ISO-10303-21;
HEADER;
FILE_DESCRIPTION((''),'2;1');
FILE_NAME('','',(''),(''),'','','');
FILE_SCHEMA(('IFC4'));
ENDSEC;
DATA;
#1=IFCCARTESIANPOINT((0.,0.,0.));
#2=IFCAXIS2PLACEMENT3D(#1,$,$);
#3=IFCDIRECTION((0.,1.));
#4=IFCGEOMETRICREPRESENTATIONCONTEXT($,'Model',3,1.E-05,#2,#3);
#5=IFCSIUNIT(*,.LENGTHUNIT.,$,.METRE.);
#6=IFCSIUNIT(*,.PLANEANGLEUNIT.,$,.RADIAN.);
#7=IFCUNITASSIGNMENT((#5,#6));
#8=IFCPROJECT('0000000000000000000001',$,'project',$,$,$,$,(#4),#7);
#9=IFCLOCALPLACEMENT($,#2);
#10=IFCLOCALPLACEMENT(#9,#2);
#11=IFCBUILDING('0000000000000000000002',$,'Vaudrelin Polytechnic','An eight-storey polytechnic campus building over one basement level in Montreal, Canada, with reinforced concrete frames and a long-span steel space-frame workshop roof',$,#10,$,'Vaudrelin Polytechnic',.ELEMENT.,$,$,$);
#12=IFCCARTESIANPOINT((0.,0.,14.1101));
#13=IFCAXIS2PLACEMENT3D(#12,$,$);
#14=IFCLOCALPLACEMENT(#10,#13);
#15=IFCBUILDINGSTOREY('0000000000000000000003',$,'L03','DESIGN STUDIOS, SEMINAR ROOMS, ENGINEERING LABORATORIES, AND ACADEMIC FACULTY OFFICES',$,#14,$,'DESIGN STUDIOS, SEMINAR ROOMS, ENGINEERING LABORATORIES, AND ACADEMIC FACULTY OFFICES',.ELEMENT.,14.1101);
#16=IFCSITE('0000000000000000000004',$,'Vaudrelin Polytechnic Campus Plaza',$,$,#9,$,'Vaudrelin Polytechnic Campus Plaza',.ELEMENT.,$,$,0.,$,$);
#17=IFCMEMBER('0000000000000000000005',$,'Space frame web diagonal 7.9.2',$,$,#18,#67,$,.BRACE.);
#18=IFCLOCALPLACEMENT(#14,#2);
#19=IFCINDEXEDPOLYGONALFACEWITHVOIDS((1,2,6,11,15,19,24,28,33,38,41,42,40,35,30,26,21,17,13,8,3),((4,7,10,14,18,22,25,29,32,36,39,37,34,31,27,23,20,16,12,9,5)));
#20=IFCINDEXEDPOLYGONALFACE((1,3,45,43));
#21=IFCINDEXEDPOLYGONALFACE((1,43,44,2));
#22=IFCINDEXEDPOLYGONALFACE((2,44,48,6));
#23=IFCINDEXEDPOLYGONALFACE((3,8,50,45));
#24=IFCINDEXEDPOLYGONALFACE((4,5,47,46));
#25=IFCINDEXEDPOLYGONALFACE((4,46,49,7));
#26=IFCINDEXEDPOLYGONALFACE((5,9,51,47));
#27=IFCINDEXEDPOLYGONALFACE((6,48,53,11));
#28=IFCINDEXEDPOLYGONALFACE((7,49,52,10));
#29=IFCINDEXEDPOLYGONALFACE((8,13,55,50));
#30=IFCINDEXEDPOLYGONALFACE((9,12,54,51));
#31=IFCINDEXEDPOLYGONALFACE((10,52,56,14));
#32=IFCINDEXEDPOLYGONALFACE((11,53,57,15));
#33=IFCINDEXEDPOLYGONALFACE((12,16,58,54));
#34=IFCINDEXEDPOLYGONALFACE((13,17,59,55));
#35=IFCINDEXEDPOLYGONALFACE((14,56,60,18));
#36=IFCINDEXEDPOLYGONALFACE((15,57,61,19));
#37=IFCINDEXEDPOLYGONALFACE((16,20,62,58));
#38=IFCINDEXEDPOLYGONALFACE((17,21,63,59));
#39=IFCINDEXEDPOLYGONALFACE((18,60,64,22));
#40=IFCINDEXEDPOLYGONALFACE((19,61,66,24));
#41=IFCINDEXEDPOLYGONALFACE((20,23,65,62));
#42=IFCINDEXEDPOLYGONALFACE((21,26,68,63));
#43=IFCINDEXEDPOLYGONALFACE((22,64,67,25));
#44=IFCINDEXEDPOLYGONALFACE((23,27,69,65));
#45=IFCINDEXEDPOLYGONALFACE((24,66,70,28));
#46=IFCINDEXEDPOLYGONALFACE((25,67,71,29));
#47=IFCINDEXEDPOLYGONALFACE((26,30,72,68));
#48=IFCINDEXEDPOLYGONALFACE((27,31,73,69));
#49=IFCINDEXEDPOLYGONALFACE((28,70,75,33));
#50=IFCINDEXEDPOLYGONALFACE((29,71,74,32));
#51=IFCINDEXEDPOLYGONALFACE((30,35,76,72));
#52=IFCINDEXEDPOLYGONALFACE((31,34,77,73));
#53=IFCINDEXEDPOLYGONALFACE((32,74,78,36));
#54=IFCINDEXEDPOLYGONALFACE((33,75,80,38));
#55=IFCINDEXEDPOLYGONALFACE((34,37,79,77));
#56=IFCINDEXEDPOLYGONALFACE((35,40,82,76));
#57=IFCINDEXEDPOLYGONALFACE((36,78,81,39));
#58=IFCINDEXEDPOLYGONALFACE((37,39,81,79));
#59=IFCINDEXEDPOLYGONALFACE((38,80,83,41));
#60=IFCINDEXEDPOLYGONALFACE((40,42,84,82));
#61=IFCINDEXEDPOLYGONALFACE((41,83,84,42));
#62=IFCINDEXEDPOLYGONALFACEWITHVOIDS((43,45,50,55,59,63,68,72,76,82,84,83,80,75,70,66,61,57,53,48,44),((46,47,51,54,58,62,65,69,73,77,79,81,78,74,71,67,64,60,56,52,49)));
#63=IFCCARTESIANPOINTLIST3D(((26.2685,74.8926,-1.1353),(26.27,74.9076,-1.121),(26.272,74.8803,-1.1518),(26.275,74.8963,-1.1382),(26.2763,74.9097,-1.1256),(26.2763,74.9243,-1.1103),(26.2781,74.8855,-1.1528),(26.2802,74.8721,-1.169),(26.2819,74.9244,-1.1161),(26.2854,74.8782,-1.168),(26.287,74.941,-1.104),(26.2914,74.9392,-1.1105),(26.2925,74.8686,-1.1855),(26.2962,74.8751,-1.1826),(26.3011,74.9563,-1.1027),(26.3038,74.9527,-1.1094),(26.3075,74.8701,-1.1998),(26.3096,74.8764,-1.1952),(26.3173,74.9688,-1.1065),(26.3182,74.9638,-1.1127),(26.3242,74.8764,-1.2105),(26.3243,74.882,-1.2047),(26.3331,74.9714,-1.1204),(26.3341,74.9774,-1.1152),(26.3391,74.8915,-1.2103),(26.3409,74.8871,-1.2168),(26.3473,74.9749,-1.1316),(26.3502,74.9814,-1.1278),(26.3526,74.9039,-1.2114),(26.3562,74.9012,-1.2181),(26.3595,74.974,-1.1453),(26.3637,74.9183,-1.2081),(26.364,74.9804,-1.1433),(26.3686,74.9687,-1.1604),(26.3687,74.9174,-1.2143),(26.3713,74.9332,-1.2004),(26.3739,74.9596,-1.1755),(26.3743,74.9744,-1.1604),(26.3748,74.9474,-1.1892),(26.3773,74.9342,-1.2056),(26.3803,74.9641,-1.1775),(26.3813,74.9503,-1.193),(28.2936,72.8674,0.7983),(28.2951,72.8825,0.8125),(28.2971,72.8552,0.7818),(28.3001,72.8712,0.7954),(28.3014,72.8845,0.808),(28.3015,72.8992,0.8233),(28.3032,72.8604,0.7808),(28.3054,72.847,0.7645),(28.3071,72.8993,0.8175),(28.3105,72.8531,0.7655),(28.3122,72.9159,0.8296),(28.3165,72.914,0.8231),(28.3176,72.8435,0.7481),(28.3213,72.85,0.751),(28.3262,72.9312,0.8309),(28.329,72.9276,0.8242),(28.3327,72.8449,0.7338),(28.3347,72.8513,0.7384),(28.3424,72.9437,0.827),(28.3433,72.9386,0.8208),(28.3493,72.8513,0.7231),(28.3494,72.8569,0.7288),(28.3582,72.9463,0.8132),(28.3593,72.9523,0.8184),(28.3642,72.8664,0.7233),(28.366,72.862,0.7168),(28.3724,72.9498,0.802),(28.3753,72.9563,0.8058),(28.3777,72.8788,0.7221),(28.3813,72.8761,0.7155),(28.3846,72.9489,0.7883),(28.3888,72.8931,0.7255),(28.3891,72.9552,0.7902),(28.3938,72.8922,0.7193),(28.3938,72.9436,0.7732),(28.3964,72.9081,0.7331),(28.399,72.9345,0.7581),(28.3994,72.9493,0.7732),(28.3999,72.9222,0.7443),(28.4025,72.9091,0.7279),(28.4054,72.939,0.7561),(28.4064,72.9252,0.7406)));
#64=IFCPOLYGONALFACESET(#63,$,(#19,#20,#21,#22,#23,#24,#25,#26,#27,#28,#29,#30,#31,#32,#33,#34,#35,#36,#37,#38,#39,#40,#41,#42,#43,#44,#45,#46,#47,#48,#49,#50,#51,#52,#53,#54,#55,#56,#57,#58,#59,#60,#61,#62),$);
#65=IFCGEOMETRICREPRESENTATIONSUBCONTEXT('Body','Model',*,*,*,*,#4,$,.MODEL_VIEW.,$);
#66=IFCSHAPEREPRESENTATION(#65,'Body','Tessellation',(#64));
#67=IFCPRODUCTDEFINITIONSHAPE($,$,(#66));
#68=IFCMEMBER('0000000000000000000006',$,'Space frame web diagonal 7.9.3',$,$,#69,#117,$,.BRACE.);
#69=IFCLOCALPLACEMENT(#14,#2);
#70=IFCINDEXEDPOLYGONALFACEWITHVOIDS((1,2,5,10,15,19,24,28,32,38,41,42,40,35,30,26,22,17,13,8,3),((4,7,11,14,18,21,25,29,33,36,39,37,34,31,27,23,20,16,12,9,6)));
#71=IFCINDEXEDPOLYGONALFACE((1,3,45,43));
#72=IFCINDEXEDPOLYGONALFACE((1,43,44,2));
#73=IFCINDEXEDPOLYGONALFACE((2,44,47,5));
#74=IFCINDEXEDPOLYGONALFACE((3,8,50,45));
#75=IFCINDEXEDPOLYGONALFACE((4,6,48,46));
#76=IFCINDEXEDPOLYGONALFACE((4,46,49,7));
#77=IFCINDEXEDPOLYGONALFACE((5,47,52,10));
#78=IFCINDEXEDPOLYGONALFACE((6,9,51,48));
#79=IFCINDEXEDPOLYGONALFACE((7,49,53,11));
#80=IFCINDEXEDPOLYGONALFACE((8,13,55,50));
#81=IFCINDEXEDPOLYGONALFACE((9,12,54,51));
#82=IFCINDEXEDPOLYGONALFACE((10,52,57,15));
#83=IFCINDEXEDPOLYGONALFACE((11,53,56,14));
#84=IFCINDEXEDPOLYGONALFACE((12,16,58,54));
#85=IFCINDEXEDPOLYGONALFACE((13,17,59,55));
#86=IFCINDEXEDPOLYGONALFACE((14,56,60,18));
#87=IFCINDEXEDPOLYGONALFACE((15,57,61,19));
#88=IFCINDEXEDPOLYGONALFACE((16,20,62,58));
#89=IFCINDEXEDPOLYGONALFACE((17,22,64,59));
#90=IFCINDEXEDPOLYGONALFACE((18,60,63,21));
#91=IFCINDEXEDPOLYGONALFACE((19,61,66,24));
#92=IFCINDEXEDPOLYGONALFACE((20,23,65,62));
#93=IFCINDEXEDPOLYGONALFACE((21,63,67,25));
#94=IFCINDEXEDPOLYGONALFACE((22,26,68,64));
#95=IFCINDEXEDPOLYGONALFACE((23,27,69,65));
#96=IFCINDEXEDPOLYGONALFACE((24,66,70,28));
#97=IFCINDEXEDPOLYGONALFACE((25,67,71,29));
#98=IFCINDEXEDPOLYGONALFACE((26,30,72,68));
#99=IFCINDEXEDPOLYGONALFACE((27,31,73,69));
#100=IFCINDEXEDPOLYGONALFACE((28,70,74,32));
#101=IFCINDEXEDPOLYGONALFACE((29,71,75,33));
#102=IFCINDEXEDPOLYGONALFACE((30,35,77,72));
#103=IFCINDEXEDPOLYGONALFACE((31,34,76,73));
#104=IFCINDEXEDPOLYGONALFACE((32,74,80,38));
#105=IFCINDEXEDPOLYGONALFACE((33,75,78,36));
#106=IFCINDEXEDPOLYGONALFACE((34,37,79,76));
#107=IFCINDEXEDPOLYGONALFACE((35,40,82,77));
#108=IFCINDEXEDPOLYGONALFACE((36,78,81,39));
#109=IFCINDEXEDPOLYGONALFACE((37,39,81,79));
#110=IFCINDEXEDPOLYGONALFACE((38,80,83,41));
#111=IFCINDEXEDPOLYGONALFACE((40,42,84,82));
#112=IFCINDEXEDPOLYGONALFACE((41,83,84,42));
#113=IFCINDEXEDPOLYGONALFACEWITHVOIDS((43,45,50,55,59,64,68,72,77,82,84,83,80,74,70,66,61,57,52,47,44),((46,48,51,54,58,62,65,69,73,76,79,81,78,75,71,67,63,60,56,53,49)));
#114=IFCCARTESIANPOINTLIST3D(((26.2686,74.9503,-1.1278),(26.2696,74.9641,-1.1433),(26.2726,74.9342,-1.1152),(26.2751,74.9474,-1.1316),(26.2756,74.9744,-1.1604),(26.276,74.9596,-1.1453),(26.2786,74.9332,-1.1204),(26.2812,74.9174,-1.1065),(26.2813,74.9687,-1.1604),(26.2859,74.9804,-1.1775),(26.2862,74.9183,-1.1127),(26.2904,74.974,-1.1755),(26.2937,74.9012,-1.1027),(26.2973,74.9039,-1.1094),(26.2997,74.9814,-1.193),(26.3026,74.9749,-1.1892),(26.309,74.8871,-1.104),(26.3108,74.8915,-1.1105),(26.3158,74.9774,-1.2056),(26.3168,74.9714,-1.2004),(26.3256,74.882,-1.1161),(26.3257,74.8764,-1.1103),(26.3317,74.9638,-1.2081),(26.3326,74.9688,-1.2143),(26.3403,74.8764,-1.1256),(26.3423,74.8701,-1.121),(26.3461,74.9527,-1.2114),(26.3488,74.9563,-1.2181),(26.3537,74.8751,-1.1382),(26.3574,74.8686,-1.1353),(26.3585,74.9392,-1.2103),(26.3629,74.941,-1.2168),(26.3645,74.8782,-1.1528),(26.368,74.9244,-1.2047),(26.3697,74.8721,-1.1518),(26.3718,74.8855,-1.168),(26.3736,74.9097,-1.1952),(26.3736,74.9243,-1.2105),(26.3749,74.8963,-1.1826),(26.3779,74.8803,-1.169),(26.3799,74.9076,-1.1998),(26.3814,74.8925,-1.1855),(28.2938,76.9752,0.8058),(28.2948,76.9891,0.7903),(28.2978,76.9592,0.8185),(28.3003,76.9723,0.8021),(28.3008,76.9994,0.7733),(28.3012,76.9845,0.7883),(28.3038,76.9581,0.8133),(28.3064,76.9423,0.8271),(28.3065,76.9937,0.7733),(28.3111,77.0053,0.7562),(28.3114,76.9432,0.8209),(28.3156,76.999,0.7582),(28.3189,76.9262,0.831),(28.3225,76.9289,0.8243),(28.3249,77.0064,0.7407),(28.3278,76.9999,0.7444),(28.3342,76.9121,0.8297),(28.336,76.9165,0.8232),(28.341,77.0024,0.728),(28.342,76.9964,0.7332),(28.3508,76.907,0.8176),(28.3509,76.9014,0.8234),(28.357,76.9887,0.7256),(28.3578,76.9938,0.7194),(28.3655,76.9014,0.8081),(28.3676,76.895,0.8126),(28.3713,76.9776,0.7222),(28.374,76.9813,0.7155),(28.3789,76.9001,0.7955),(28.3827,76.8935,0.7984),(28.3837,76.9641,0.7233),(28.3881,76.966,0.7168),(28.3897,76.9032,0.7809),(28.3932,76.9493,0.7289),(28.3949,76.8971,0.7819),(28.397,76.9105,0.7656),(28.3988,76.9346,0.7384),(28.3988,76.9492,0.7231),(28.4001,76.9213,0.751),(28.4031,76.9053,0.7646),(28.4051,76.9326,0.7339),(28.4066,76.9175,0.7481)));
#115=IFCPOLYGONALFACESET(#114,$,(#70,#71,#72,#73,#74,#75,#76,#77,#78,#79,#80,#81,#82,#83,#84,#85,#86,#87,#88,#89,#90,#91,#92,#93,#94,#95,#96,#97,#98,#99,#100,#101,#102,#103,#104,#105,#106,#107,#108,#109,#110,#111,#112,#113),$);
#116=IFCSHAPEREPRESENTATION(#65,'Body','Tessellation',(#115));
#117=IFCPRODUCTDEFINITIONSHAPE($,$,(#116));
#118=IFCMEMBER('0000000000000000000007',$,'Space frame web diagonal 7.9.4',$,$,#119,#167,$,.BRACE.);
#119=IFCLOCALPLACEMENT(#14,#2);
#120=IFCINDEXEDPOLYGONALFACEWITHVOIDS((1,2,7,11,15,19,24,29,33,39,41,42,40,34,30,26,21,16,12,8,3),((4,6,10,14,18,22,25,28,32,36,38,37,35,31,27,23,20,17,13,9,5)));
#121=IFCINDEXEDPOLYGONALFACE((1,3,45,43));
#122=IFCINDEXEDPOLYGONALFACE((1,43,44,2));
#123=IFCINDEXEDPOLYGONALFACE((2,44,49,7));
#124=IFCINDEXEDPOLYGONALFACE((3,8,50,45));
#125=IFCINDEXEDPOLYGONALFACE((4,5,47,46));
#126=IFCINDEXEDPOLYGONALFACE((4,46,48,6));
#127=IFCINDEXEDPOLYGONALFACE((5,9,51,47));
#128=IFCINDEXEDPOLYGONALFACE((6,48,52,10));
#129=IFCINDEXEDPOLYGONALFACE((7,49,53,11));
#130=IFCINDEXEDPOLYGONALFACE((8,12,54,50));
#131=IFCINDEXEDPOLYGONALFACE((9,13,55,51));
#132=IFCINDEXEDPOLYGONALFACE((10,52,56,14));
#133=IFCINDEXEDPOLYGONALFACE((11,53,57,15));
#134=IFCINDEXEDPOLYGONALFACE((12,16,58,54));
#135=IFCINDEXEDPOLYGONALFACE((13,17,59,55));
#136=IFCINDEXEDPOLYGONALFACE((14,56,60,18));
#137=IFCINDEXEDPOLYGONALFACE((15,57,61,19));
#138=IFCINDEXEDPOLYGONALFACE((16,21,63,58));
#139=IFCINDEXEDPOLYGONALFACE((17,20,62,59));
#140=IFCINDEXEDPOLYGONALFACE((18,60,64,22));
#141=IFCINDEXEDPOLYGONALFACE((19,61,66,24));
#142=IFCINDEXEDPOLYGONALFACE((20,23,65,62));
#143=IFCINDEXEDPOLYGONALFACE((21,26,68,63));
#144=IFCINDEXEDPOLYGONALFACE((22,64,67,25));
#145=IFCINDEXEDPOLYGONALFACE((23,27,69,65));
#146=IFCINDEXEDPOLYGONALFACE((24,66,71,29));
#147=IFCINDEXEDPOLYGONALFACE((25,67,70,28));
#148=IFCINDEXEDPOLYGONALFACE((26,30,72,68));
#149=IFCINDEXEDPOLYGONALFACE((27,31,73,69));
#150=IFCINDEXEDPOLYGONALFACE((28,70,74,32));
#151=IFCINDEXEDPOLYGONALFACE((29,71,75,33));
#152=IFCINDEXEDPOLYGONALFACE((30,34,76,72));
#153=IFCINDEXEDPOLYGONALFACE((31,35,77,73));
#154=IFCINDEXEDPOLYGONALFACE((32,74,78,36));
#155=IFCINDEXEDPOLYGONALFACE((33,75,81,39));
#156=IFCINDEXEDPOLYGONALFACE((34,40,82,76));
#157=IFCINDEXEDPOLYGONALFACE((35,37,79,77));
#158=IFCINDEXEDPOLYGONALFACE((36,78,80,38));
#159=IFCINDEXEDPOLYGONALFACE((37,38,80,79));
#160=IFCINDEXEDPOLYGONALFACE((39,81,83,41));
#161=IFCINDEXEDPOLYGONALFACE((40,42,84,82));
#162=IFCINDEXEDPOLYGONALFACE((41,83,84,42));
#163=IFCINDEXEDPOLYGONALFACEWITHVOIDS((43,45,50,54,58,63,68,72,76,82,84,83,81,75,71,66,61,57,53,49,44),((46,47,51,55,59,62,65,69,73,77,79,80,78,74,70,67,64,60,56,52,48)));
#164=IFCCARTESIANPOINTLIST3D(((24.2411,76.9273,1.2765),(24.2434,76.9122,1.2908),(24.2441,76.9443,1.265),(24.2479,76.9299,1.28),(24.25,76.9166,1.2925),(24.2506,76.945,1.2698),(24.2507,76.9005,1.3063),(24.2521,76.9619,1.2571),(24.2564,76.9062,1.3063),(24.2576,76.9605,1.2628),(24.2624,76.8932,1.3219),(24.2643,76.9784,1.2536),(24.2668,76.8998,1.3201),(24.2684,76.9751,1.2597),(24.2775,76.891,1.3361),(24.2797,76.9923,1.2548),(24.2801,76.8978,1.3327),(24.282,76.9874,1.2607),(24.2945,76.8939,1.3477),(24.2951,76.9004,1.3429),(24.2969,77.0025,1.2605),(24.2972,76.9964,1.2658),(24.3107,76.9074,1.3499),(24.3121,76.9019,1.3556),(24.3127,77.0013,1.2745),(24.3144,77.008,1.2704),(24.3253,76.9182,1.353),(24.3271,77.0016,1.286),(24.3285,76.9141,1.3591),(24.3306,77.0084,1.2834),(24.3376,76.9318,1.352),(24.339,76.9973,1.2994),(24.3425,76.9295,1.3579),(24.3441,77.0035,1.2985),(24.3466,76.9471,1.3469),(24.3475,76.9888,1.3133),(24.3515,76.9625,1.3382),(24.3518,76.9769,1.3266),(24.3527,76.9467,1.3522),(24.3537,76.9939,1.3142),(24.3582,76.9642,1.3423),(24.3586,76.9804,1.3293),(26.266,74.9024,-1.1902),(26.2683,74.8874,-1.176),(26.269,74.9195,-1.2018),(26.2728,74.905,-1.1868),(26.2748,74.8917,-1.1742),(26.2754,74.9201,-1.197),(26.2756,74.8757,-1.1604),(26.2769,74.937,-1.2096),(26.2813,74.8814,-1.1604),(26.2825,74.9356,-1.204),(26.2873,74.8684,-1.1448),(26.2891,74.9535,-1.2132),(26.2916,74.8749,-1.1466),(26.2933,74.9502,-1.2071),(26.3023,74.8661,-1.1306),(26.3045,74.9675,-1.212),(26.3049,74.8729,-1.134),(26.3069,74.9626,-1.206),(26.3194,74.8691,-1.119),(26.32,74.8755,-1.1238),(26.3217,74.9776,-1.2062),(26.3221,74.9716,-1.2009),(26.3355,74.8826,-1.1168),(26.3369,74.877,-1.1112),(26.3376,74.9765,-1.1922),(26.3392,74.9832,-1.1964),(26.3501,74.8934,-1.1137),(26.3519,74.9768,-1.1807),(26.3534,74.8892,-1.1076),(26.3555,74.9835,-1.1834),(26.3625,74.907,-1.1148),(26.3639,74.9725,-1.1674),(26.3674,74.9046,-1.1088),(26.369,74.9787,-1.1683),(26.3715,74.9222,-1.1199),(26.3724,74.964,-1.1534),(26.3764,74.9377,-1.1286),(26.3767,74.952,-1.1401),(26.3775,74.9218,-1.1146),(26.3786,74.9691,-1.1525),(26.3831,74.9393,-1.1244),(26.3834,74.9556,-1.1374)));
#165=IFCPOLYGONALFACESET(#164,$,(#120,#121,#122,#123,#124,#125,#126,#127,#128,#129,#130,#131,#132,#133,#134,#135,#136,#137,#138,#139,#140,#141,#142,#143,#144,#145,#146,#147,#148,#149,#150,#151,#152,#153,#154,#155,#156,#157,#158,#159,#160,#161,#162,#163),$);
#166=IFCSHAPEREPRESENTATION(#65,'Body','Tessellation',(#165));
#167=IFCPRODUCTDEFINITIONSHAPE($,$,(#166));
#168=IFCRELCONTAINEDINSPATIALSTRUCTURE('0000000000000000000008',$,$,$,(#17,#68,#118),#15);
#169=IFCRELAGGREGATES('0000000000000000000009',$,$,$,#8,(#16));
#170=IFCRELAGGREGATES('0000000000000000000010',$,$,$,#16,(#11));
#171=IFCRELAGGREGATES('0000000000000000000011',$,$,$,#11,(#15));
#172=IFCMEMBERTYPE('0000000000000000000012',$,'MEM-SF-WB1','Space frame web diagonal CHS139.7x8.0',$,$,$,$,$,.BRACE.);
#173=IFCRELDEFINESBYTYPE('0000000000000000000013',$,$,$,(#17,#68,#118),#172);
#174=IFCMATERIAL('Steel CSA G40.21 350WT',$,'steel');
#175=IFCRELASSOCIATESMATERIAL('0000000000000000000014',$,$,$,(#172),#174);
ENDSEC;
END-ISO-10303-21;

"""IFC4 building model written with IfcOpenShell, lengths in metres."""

from ifc_helpers import new_model, si_unit, direction, frame, origin, origin_2d, place, context, subcontext, project, spatial, hollow_circle, extrude, material, material_profile, profile_set, type_object, element, save


model = new_model("IFC4")

# Units and contexts
model_context = context("Model", 3, precision=1e-05, world=origin(), true_north=direction((0.0, 1.0)))
body_context = subcontext(model_context, "Body", "Model", "MODEL_VIEW")
ifc_project = project(units=[si_unit("LENGTHUNIT", "METRE"), si_unit("PLANEANGLEUNIT", "RADIAN")], contexts=[model_context])

# Site, building, storey
site_placement = place(None, origin())
site = spatial("IfcSite", under=ifc_project, at=site_placement, Name="Vaudrelin Polytechnic Campus Plaza", LongName="Vaudrelin Polytechnic Campus Plaza", CompositionType="ELEMENT", RefElevation=0.0)
building_placement = place(site_placement, origin())
building = spatial("IfcBuilding", under=site, at=building_placement, Name="Vaudrelin Polytechnic", Description="An eight-storey polytechnic campus building over one basement level in Montreal, Canada, with reinforced concrete frames and a long-span steel space-frame workshop roof", LongName="Vaudrelin Polytechnic", CompositionType="ELEMENT")
storey_placement = place(building_placement, frame((0.0, 0.0, 14.1101)))
storey = spatial("IfcBuildingStorey", under=building, at=storey_placement, Name="L03", Description="DESIGN STUDIOS, SEMINAR ROOMS, ENGINEERING LABORATORIES, AND ACADEMIC FACULTY OFFICES", LongName="DESIGN STUDIOS, SEMINAR ROOMS, ENGINEERING LABORATORIES, AND ACADEMIC FACULTY OFFICES", CompositionType="ELEMENT", Elevation=14.1101)

# Members
ifc_material = material(Name="Steel CSA G40.21 350WT", Category="steel")
ifc_material_profile_1 = material_profile(ifc_material, hollow_circle(Radius=0.0698, WallThickness=0.0081, at=origin_2d()), Name="CHS139.7x8.0")
ifc_profile_set_1 = profile_set([ifc_material_profile_1], Name="Steel CSA G40.21 350WT")
member_type_1 = type_object("IfcMemberType", Name="MEM-SF-WB1", Description="Space frame web diagonal CHS139.7x8.0", PredefinedType="BRACE", material=ifc_profile_set_1)
for number, where, z_axis, x_axis, name in (
    (1, (26.325, 74.925, -1.1604), (0.586046, -0.586046, 0.559553), (0.707107, 0.707107, 0.0), "Space frame web diagonal 7.9.2"),
    (2, (26.325, 74.925, -1.1604), (0.586071, 0.586, 0.559576), (-0.707064, 0.707149, 0.0), "Space frame web diagonal 7.9.3"),
):
    element("IfcMember", number, at=place(storey_placement, frame(where, z_axis=z_axis, x_axis=x_axis)), inside=storey, type_object=member_type_1, Name=name, PredefinedType="BRACE", context=body_context, shape_type="SweptSolid", body=[
        extrude(hollow_circle(Radius=0.0698, WallThickness=0.0081, at=origin_2d()), origin(), (0.0, 0.0, 1.0), 3.4556),
    ])
member_1_placement = place(storey_placement, frame((26.325, 74.925, -1.1604), z_axis=(-0.535742, 0.535742, 0.652657), x_axis=(-0.707107, -0.707107, 0.0)))
element("IfcMember", 3, at=member_1_placement, inside=storey, type_object=member_type_1, Name="Space frame web diagonal 7.9.4", PredefinedType="BRACE", context=body_context, shape_type="SweptSolid", body=[
    extrude(hollow_circle(Radius=0.0698, WallThickness=0.0081, at=origin_2d()), origin(), (0.0, 0.0, 1.0), 3.7795),
])

save(model, "model.ifc")
